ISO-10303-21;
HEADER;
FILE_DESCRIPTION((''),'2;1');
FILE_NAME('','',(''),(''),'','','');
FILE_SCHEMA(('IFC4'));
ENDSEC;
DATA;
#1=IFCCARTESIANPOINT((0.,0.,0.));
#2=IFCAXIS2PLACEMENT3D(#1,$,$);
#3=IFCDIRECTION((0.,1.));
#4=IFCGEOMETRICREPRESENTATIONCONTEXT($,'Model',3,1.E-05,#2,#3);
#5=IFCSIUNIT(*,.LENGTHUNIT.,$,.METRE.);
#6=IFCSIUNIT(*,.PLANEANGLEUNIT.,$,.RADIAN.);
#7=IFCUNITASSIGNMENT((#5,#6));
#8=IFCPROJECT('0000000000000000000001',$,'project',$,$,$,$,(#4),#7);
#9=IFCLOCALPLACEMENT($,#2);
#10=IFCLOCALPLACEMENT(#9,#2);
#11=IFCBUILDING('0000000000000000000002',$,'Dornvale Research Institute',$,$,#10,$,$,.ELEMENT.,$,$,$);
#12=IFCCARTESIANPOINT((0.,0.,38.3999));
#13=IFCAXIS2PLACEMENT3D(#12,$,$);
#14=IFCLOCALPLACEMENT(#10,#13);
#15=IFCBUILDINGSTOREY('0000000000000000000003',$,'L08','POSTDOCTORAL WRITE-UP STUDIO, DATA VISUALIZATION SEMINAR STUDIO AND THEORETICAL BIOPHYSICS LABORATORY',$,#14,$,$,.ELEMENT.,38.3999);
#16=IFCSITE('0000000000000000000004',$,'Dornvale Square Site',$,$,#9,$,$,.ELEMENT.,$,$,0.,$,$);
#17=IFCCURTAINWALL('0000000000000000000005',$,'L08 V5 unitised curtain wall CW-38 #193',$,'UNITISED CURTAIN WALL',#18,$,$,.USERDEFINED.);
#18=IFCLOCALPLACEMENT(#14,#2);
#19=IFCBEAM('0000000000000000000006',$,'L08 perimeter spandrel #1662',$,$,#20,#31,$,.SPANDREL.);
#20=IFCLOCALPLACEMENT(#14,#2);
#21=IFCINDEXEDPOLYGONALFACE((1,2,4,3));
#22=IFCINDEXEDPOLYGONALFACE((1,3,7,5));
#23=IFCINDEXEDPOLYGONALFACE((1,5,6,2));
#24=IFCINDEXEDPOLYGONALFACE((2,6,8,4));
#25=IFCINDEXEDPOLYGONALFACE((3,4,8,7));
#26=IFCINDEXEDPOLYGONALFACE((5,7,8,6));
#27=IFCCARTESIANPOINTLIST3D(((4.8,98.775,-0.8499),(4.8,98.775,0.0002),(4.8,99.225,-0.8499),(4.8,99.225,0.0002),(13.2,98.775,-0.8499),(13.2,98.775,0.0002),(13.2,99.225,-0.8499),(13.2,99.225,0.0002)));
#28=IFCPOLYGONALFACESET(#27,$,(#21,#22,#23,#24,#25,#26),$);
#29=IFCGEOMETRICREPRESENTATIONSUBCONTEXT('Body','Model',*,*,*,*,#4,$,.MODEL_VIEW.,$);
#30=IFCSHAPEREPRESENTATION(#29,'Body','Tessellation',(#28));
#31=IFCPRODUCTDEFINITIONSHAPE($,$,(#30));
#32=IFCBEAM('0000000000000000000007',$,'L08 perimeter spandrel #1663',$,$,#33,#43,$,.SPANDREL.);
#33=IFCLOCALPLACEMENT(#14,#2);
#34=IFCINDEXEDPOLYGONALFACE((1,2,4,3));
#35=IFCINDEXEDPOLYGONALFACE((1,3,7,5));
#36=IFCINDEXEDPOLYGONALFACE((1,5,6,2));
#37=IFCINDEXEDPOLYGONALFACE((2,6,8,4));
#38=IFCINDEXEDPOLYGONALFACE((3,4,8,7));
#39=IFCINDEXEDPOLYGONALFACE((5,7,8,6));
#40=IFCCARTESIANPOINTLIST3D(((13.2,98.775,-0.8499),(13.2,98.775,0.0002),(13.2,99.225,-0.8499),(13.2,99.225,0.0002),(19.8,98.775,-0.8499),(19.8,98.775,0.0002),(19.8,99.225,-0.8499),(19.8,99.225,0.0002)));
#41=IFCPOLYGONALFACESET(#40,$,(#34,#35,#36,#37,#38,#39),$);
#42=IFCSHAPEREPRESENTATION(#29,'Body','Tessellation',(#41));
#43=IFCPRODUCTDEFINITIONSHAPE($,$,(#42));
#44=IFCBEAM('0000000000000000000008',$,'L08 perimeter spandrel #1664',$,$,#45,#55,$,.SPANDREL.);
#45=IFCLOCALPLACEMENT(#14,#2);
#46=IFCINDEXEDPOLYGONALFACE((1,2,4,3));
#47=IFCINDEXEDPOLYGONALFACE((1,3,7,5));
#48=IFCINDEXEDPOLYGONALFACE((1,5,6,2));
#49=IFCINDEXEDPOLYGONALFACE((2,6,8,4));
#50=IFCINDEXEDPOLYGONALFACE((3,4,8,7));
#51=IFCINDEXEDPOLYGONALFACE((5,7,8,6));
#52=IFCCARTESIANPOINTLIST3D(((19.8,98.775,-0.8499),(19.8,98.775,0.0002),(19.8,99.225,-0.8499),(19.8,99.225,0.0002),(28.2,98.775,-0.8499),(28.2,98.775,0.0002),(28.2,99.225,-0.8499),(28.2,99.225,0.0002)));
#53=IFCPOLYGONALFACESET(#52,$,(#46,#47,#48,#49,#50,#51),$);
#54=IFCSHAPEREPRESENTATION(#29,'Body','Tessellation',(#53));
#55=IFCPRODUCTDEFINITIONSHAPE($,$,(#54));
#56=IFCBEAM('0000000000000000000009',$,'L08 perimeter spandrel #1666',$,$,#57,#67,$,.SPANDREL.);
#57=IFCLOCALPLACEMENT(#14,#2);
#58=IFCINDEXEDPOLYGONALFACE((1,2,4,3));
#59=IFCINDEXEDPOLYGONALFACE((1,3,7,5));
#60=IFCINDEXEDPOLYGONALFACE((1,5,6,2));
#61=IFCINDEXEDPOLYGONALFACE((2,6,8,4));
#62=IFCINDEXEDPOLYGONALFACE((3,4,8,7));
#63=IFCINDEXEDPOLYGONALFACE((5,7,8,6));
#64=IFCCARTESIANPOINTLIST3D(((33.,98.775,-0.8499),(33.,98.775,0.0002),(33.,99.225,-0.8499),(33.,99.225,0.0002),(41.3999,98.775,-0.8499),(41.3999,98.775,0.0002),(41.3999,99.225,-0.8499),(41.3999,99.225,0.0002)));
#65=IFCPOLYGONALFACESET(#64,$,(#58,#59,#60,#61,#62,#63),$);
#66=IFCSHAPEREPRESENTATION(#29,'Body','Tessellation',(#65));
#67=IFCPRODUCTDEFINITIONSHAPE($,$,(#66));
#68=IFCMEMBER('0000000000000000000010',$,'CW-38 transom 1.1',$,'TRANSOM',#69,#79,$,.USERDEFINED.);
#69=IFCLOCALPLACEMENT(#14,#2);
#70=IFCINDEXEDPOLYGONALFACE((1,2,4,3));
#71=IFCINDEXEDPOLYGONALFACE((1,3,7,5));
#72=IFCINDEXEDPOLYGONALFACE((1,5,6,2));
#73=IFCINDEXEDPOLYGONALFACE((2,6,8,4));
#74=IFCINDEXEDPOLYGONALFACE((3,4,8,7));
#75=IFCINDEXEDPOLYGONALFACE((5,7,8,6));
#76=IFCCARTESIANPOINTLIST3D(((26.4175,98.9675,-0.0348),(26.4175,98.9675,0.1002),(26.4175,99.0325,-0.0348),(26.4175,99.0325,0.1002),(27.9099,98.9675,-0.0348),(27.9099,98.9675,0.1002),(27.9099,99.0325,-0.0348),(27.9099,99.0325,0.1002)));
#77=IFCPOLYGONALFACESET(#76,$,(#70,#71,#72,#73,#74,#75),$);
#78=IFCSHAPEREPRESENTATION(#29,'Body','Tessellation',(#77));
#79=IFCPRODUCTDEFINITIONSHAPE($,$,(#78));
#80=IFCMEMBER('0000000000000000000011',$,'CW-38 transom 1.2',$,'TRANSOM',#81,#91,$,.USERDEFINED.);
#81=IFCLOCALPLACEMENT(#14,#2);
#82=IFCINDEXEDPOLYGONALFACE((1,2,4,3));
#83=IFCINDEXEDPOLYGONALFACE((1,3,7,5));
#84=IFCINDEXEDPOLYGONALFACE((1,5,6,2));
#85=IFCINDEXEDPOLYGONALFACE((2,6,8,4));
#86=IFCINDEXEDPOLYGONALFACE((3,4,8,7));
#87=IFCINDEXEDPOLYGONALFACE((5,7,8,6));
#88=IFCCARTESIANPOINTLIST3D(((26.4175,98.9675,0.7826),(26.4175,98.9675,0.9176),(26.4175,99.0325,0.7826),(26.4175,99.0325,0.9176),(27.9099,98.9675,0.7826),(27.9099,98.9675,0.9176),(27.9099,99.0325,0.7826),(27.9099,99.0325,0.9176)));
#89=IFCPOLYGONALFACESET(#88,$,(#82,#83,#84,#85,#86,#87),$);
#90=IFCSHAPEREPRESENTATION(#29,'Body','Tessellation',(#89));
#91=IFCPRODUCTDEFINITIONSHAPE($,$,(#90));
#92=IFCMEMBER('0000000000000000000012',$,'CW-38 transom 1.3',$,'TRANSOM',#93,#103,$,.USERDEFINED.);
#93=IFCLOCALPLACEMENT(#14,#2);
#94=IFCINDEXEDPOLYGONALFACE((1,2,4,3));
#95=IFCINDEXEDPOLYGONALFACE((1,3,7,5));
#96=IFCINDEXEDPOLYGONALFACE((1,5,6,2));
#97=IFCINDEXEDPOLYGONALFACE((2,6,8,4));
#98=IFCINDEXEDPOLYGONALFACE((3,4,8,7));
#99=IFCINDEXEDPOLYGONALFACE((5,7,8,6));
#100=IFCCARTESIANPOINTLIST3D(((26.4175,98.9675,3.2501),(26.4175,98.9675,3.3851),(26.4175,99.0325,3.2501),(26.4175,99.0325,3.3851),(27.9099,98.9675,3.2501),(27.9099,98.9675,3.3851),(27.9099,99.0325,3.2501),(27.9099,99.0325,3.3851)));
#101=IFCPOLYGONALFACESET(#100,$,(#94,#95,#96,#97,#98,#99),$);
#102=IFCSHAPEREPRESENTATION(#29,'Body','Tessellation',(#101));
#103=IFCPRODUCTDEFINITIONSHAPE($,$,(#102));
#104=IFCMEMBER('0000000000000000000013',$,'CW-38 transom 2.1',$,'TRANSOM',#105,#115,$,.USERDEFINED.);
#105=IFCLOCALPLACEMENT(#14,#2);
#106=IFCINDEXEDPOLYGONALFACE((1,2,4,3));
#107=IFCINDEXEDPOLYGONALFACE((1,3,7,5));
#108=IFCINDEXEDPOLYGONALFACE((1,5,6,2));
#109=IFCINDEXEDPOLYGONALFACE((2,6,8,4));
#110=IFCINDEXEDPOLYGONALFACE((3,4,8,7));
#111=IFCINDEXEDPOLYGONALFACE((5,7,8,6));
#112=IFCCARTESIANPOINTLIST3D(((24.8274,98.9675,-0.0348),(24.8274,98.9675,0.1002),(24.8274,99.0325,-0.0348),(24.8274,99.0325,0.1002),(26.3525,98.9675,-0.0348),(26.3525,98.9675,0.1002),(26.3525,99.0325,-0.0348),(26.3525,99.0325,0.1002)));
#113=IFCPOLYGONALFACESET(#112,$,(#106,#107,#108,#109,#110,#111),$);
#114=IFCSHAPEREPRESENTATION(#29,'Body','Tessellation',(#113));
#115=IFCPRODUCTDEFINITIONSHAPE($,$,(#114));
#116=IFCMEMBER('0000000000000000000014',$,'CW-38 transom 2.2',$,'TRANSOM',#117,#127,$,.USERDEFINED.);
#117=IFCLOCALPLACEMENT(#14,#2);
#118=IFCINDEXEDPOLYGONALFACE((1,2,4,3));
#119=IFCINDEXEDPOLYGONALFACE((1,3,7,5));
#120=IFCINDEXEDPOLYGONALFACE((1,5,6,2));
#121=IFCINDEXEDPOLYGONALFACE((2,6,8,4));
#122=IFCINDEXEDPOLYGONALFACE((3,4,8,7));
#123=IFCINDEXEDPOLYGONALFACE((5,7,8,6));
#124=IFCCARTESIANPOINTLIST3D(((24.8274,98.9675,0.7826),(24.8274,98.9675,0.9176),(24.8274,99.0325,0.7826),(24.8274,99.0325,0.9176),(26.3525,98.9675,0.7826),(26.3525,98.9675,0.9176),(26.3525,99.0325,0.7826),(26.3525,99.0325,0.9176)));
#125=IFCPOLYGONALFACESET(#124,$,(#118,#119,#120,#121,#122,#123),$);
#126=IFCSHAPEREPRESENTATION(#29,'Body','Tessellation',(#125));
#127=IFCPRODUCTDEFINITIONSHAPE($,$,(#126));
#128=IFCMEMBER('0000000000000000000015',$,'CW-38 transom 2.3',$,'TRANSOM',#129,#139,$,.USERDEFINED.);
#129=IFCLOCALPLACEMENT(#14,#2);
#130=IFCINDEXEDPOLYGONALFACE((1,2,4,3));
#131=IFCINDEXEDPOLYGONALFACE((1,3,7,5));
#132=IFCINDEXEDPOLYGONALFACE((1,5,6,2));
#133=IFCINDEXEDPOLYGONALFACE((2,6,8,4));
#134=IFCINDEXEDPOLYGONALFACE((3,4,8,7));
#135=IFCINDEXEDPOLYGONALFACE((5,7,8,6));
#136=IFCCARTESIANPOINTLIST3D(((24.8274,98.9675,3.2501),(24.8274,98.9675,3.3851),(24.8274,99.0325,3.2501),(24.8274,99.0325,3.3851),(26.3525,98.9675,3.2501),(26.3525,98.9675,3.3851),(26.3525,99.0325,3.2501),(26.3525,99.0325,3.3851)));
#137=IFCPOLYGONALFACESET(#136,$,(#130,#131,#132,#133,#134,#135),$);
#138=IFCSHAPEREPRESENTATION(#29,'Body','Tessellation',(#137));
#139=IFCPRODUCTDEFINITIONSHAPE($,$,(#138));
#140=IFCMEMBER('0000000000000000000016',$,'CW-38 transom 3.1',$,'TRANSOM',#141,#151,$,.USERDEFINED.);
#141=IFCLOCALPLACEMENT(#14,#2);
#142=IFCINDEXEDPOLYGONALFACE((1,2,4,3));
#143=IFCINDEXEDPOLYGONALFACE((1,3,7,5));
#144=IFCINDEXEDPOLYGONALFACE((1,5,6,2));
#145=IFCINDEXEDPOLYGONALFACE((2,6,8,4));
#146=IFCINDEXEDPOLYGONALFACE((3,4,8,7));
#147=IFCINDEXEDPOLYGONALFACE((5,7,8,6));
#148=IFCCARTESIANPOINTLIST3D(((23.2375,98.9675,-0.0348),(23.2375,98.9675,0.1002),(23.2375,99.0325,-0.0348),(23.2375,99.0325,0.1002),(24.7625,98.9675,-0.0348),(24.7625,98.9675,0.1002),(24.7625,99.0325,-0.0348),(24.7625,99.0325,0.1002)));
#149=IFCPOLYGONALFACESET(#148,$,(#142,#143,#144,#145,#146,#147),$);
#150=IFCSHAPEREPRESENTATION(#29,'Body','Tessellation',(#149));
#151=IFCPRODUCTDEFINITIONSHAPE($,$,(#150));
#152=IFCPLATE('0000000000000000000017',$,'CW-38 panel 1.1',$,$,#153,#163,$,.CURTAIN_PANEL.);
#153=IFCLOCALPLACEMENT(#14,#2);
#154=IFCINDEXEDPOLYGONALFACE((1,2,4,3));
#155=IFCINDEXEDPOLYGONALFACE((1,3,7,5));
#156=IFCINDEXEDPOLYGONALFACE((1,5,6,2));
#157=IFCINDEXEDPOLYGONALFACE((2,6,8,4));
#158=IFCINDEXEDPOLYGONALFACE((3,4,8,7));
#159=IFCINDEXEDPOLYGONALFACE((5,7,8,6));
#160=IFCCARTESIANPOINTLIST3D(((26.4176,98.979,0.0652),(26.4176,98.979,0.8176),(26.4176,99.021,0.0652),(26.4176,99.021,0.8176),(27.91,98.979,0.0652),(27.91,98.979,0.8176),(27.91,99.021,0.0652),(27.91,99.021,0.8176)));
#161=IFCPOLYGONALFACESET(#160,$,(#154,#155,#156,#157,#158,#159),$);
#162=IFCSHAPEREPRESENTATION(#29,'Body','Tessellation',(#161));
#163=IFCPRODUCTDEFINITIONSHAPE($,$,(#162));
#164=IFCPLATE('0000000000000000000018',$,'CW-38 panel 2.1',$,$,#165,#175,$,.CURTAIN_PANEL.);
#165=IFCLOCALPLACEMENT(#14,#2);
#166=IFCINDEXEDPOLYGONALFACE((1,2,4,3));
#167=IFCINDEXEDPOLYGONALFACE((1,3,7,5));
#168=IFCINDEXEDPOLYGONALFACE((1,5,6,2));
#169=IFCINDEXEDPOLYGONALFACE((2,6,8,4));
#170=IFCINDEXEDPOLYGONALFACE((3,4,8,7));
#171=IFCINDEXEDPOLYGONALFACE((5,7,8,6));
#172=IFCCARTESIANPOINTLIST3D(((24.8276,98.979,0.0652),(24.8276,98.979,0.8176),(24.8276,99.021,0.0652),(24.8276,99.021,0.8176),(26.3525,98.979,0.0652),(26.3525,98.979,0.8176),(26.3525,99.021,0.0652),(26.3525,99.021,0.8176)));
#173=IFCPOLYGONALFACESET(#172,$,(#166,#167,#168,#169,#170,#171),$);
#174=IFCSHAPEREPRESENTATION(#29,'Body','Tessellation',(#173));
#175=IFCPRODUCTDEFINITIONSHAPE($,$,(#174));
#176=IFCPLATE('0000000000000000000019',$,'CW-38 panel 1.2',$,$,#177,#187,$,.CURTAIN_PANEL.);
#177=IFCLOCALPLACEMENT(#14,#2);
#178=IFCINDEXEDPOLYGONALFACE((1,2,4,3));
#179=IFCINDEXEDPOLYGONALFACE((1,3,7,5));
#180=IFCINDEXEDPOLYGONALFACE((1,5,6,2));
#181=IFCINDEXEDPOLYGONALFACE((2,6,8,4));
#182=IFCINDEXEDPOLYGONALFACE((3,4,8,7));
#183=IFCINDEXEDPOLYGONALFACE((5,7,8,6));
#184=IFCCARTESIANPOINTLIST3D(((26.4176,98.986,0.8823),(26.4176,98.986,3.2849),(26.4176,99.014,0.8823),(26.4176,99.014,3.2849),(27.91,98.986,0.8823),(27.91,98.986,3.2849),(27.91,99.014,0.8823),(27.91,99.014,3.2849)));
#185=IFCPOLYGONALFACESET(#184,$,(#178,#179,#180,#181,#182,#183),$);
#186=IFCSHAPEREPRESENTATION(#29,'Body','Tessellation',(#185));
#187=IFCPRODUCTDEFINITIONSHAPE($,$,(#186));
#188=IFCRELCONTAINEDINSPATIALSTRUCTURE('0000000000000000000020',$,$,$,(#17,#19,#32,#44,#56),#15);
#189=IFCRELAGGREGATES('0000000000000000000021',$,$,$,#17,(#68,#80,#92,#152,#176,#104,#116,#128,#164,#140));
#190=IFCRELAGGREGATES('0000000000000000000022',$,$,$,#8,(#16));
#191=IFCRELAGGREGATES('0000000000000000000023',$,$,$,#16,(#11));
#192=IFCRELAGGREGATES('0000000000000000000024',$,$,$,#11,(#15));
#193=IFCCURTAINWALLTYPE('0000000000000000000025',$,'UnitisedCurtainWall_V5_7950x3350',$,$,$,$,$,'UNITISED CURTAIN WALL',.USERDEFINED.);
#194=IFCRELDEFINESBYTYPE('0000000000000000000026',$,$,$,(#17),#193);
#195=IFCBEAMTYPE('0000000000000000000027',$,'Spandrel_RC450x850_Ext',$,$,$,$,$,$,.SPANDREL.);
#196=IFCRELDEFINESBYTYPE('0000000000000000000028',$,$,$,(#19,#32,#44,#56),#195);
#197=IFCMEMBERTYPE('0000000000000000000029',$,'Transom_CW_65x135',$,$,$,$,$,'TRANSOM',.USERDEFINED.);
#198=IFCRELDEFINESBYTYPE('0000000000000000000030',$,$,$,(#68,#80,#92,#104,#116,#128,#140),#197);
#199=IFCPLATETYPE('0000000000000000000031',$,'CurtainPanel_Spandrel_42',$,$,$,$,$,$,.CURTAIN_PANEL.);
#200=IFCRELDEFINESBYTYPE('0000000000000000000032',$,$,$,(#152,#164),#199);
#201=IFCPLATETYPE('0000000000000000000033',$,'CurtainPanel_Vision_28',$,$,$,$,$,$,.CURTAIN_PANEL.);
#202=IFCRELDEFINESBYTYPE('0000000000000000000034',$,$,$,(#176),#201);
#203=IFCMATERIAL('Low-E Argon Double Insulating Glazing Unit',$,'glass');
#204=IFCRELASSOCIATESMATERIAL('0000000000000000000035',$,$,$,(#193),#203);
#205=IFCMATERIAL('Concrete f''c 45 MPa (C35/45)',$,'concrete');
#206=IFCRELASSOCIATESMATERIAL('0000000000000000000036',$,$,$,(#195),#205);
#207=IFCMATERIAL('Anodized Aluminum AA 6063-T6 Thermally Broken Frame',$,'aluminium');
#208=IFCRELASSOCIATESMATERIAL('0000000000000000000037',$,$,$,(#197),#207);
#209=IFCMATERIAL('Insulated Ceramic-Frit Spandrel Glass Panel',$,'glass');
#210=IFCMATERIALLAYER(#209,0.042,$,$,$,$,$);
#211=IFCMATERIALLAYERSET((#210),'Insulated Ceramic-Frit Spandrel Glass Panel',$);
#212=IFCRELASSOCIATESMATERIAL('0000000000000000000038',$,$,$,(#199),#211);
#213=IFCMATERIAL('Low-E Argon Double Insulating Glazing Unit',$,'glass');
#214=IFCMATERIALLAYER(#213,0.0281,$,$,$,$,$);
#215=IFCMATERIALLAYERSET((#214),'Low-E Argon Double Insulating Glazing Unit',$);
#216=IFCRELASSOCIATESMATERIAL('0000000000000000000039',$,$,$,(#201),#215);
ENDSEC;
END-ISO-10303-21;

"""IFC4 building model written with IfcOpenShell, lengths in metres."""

from ifc_helpers import new_model, si_unit, direction, frame, origin, origin_2d, place, context, subcontext, project, spatial, rectangle, extrude, material, layer, layer_set, material_profile, profile_set, type_object, element, aggregate, save


model = new_model("IFC4")

# Units and contexts
model_context = context("Model", 3, precision=1e-05, world=origin(), true_north=direction((0.0, 1.0)))
body_context = subcontext(model_context, "Body", "Model", "MODEL_VIEW")
ifc_project = project(units=[si_unit("LENGTHUNIT", "METRE"), si_unit("PLANEANGLEUNIT", "RADIAN")], contexts=[model_context])

# Site, building, storey
site_placement = place(None, origin())
site = spatial("IfcSite", under=ifc_project, at=site_placement, Name="Dornvale Square Site", CompositionType="ELEMENT", RefElevation=0.0)
building_placement = place(site_placement, origin())
building = spatial("IfcBuilding", under=site, at=building_placement, Name="Dornvale Research Institute", CompositionType="ELEMENT")
storey_placement = place(building_placement, frame((0.0, 0.0, 38.3999)))
storey = spatial("IfcBuildingStorey", under=building, at=storey_placement, Name="L08", Description="POSTDOCTORAL WRITE-UP STUDIO, DATA VISUALIZATION SEMINAR STUDIO AND THEORETICAL BIOPHYSICS LABORATORY", CompositionType="ELEMENT", Elevation=38.3999)

# Curtain wall
ifc_material_1 = material(Name="Low-E Argon Double Insulating Glazing Unit", Category="glass")
curtain_wall_type = type_object("IfcCurtainWallType", Name="UnitisedCurtainWall_V5_7950x3350", ElementType="UNITISED CURTAIN WALL", PredefinedType="USERDEFINED", material=ifc_material_1)
curtain_wall_placement = place(storey_placement, origin())
curtain_wall = element("IfcCurtainWall", 1, at=curtain_wall_placement, inside=storey, type_object=curtain_wall_type, Name="L08 V5 unitised curtain wall CW-38 #193", ObjectType="UNITISED CURTAIN WALL", PredefinedType="USERDEFINED")

# Beams
ifc_material_2 = material(Name="Concrete f'c 45 MPa (C35/45)", Category="concrete")
ifc_material_profile_1 = material_profile(ifc_material_2, rectangle(XDim=0.45, YDim=0.8501, at=origin_2d()), Name="RC 450x850")
ifc_profile_set_1 = profile_set([ifc_material_profile_1], Name="Concrete f'c 45 MPa (C35/45)")
beam_type_1 = type_object("IfcBeamType", Name="Spandrel_RC450x850_Ext", PredefinedType="SPANDREL", material=ifc_profile_set_1)
beam_1_placement = place(storey_placement, frame((4.8, 99.0, -0.4248), z_axis=(1.0, 0.0, 0.0), x_axis=(0.0, 1.0, 0.0)))
element("IfcBeam", 2, at=beam_1_placement, inside=storey, type_object=beam_type_1, Name="L08 perimeter spandrel #1662", PredefinedType="SPANDREL", context=body_context, shape_type="SweptSolid", body=[
    extrude(rectangle(XDim=0.45, YDim=0.8501, at=origin_2d()), origin(), (0.0, 0.0, 1.0), 8.3999),
])
beam_2_placement = place(storey_placement, frame((13.2, 99.0, -0.4248), z_axis=(1.0, 0.0, 0.0), x_axis=(0.0, 1.0, 0.0)))
element("IfcBeam", 3, at=beam_2_placement, inside=storey, type_object=beam_type_1, Name="L08 perimeter spandrel #1663", PredefinedType="SPANDREL", context=body_context, shape_type="SweptSolid", body=[
    extrude(rectangle(XDim=0.45, YDim=0.8501, at=origin_2d()), origin(), (0.0, 0.0, 1.0), 6.6001),
])
for number, where, z_axis, x_axis, name in (
    (4, (19.8, 99.0, -0.4248), (1.0, 0.0, 0.0), (0.0, 1.0, 0.0), "L08 perimeter spandrel #1664"),
    (5, (33.0, 99.0, -0.4248), (1.0, 0.0, 0.0), (0.0, 1.0, 0.0), "L08 perimeter spandrel #1666"),
):
    element("IfcBeam", number, at=place(storey_placement, frame(where, z_axis=z_axis, x_axis=x_axis)), inside=storey, type_object=beam_type_1, Name=name, PredefinedType="SPANDREL", context=body_context, shape_type="SweptSolid", body=[
        extrude(rectangle(XDim=0.45, YDim=0.8501, at=origin_2d()), origin(), (0.0, 0.0, 1.0), 8.3999),
    ])

# Members
ifc_material_3 = material(Name="Anodized Aluminum AA 6063-T6 Thermally Broken Frame", Category="aluminium")
ifc_material_profile_2 = material_profile(ifc_material_3, rectangle(XDim=0.0649, YDim=0.135, at=origin_2d()), Name="ALU TRANSOM 65x135")
ifc_profile_set_2 = profile_set([ifc_material_profile_2], Name="Anodized Aluminum AA 6063-T6 Thermally Broken Frame")
member_type_1 = type_object("IfcMemberType", Name="Transom_CW_65x135", ElementType="TRANSOM", PredefinedType="USERDEFINED", material=ifc_profile_set_2)
member_1_placement = place(storey_placement, frame((27.9099, 99.0, 0.0327), z_axis=(-1.0, 0.0, 0.0), x_axis=(0.0, -1.0, 0.0)))
member_1 = element("IfcMember", 6, at=member_1_placement, type_object=member_type_1, Name="CW-38 transom 1.1", ObjectType="TRANSOM", PredefinedType="USERDEFINED", context=body_context, shape_type="SweptSolid", body=[
    extrude(rectangle(XDim=0.0649, YDim=0.135, at=origin_2d()), origin(), (0.0, 0.0, 1.0), 1.4924),
])
member_2_placement = place(storey_placement, frame((27.9099, 99.0, 0.8501), z_axis=(-1.0, 0.0, 0.0), x_axis=(0.0, -1.0, 0.0)))
member_2 = element("IfcMember", 7, at=member_2_placement, type_object=member_type_1, Name="CW-38 transom 1.2", ObjectType="TRANSOM", PredefinedType="USERDEFINED", context=body_context, shape_type="SweptSolid", body=[
    extrude(rectangle(XDim=0.0649, YDim=0.135, at=origin_2d()), origin(), (0.0, 0.0, 1.0), 1.4924),
])
member_3_placement = place(storey_placement, frame((27.9099, 99.0, 3.3176), z_axis=(-1.0, 0.0, 0.0), x_axis=(0.0, -1.0, 0.0)))
member_3 = element("IfcMember", 8, at=member_3_placement, type_object=member_type_1, Name="CW-38 transom 1.3", ObjectType="TRANSOM", PredefinedType="USERDEFINED", context=body_context, shape_type="SweptSolid", body=[
    extrude(rectangle(XDim=0.0649, YDim=0.135, at=origin_2d()), origin(), (0.0, 0.0, 1.0), 1.4924),
])
member_4_placement = place(storey_placement, frame((26.3525, 99.0, 0.0327), z_axis=(-1.0, 0.0, 0.0), x_axis=(0.0, -1.0, 0.0)))
member_4 = element("IfcMember", 9, at=member_4_placement, type_object=member_type_1, Name="CW-38 transom 2.1", ObjectType="TRANSOM", PredefinedType="USERDEFINED", context=body_context, shape_type="SweptSolid", body=[
    extrude(rectangle(XDim=0.0649, YDim=0.135, at=origin_2d()), origin(), (0.0, 0.0, 1.0), 1.5251),
])
member_5_placement = place(storey_placement, frame((26.3525, 99.0, 0.8501), z_axis=(-1.0, 0.0, 0.0), x_axis=(0.0, -1.0, 0.0)))
member_5 = element("IfcMember", 10, at=member_5_placement, type_object=member_type_1, Name="CW-38 transom 2.2", ObjectType="TRANSOM", PredefinedType="USERDEFINED", context=body_context, shape_type="SweptSolid", body=[
    extrude(rectangle(XDim=0.0649, YDim=0.135, at=origin_2d()), origin(), (0.0, 0.0, 1.0), 1.5251),
])
member_6_placement = place(storey_placement, frame((26.3525, 99.0, 3.3176), z_axis=(-1.0, 0.0, 0.0), x_axis=(0.0, -1.0, 0.0)))
member_6 = element("IfcMember", 11, at=member_6_placement, type_object=member_type_1, Name="CW-38 transom 2.3", ObjectType="TRANSOM", PredefinedType="USERDEFINED", context=body_context, shape_type="SweptSolid", body=[
    extrude(rectangle(XDim=0.0649, YDim=0.135, at=origin_2d()), origin(), (0.0, 0.0, 1.0), 1.5251),
])
member_7_placement = place(storey_placement, frame((24.7625, 99.0, 0.0327), z_axis=(-1.0, 0.0, 0.0), x_axis=(0.0, -1.0, 0.0)))
member_7 = element("IfcMember", 12, at=member_7_placement, type_object=member_type_1, Name="CW-38 transom 3.1", ObjectType="TRANSOM", PredefinedType="USERDEFINED", context=body_context, shape_type="SweptSolid", body=[
    extrude(rectangle(XDim=0.0649, YDim=0.135, at=origin_2d()), origin(), (0.0, 0.0, 1.0), 1.5249),
])

# Plates
ifc_material_4 = material(Name="Insulated Ceramic-Frit Spandrel Glass Panel", Category="glass")
ifc_layer_1 = layer(ifc_material_4, 0.042)
ifc_layer_set_1 = layer_set([ifc_layer_1], Name="Insulated Ceramic-Frit Spandrel Glass Panel")
plate_type_1 = type_object("IfcPlateType", Name="CurtainPanel_Spandrel_42", PredefinedType="CURTAIN_PANEL", material=ifc_layer_set_1)
plate_1_placement = place(storey_placement, frame((27.1638, 99.0, 0.0652), z_axis=(0.0, 0.0, 1.0), x_axis=(-1.0, 0.0, 0.0)))
plate_1 = element("IfcPlate", 13, at=plate_1_placement, type_object=plate_type_1, Name="CW-38 panel 1.1", PredefinedType="CURTAIN_PANEL", context=body_context, shape_type="SweptSolid", body=[
    extrude(rectangle(XDim=1.4924, YDim=0.042, at=origin_2d()), origin(), (0.0, 0.0, 1.0), 0.7524),
])
plate_2_placement = place(storey_placement, frame((25.5901, 99.0, 0.0652), z_axis=(0.0, 0.0, 1.0), x_axis=(-1.0, 0.0, 0.0)))
plate_2 = element("IfcPlate", 14, at=plate_2_placement, type_object=plate_type_1, Name="CW-38 panel 2.1", PredefinedType="CURTAIN_PANEL", context=body_context, shape_type="SweptSolid", body=[
    extrude(rectangle(XDim=1.5249, YDim=0.042, at=origin_2d()), origin(), (0.0, 0.0, 1.0), 0.7524),
])
ifc_material_5 = material(Name="Low-E Argon Double Insulating Glazing Unit", Category="glass")
ifc_layer_2 = layer(ifc_material_5, 0.0281)
ifc_layer_set_2 = layer_set([ifc_layer_2], Name="Low-E Argon Double Insulating Glazing Unit")
plate_type_2 = type_object("IfcPlateType", Name="CurtainPanel_Vision_28", PredefinedType="CURTAIN_PANEL", material=ifc_layer_set_2)
plate_3_placement = place(storey_placement, frame((27.1638, 99.0, 0.8823), z_axis=(0.0, 0.0, 1.0), x_axis=(-1.0, 0.0, 0.0)))
plate_3 = element("IfcPlate", 15, at=plate_3_placement, type_object=plate_type_2, Name="CW-38 panel 1.2", PredefinedType="CURTAIN_PANEL", context=body_context, shape_type="SweptSolid", body=[
    extrude(rectangle(XDim=1.4924, YDim=0.0281, at=origin_2d()), origin(), (0.0, 0.0, 1.0), 2.4026),
])
aggregate(curtain_wall, [member_1, member_2, member_3, plate_1, plate_3, member_4, member_5, member_6, plate_2, member_7])

save(model, "model.ifc")
